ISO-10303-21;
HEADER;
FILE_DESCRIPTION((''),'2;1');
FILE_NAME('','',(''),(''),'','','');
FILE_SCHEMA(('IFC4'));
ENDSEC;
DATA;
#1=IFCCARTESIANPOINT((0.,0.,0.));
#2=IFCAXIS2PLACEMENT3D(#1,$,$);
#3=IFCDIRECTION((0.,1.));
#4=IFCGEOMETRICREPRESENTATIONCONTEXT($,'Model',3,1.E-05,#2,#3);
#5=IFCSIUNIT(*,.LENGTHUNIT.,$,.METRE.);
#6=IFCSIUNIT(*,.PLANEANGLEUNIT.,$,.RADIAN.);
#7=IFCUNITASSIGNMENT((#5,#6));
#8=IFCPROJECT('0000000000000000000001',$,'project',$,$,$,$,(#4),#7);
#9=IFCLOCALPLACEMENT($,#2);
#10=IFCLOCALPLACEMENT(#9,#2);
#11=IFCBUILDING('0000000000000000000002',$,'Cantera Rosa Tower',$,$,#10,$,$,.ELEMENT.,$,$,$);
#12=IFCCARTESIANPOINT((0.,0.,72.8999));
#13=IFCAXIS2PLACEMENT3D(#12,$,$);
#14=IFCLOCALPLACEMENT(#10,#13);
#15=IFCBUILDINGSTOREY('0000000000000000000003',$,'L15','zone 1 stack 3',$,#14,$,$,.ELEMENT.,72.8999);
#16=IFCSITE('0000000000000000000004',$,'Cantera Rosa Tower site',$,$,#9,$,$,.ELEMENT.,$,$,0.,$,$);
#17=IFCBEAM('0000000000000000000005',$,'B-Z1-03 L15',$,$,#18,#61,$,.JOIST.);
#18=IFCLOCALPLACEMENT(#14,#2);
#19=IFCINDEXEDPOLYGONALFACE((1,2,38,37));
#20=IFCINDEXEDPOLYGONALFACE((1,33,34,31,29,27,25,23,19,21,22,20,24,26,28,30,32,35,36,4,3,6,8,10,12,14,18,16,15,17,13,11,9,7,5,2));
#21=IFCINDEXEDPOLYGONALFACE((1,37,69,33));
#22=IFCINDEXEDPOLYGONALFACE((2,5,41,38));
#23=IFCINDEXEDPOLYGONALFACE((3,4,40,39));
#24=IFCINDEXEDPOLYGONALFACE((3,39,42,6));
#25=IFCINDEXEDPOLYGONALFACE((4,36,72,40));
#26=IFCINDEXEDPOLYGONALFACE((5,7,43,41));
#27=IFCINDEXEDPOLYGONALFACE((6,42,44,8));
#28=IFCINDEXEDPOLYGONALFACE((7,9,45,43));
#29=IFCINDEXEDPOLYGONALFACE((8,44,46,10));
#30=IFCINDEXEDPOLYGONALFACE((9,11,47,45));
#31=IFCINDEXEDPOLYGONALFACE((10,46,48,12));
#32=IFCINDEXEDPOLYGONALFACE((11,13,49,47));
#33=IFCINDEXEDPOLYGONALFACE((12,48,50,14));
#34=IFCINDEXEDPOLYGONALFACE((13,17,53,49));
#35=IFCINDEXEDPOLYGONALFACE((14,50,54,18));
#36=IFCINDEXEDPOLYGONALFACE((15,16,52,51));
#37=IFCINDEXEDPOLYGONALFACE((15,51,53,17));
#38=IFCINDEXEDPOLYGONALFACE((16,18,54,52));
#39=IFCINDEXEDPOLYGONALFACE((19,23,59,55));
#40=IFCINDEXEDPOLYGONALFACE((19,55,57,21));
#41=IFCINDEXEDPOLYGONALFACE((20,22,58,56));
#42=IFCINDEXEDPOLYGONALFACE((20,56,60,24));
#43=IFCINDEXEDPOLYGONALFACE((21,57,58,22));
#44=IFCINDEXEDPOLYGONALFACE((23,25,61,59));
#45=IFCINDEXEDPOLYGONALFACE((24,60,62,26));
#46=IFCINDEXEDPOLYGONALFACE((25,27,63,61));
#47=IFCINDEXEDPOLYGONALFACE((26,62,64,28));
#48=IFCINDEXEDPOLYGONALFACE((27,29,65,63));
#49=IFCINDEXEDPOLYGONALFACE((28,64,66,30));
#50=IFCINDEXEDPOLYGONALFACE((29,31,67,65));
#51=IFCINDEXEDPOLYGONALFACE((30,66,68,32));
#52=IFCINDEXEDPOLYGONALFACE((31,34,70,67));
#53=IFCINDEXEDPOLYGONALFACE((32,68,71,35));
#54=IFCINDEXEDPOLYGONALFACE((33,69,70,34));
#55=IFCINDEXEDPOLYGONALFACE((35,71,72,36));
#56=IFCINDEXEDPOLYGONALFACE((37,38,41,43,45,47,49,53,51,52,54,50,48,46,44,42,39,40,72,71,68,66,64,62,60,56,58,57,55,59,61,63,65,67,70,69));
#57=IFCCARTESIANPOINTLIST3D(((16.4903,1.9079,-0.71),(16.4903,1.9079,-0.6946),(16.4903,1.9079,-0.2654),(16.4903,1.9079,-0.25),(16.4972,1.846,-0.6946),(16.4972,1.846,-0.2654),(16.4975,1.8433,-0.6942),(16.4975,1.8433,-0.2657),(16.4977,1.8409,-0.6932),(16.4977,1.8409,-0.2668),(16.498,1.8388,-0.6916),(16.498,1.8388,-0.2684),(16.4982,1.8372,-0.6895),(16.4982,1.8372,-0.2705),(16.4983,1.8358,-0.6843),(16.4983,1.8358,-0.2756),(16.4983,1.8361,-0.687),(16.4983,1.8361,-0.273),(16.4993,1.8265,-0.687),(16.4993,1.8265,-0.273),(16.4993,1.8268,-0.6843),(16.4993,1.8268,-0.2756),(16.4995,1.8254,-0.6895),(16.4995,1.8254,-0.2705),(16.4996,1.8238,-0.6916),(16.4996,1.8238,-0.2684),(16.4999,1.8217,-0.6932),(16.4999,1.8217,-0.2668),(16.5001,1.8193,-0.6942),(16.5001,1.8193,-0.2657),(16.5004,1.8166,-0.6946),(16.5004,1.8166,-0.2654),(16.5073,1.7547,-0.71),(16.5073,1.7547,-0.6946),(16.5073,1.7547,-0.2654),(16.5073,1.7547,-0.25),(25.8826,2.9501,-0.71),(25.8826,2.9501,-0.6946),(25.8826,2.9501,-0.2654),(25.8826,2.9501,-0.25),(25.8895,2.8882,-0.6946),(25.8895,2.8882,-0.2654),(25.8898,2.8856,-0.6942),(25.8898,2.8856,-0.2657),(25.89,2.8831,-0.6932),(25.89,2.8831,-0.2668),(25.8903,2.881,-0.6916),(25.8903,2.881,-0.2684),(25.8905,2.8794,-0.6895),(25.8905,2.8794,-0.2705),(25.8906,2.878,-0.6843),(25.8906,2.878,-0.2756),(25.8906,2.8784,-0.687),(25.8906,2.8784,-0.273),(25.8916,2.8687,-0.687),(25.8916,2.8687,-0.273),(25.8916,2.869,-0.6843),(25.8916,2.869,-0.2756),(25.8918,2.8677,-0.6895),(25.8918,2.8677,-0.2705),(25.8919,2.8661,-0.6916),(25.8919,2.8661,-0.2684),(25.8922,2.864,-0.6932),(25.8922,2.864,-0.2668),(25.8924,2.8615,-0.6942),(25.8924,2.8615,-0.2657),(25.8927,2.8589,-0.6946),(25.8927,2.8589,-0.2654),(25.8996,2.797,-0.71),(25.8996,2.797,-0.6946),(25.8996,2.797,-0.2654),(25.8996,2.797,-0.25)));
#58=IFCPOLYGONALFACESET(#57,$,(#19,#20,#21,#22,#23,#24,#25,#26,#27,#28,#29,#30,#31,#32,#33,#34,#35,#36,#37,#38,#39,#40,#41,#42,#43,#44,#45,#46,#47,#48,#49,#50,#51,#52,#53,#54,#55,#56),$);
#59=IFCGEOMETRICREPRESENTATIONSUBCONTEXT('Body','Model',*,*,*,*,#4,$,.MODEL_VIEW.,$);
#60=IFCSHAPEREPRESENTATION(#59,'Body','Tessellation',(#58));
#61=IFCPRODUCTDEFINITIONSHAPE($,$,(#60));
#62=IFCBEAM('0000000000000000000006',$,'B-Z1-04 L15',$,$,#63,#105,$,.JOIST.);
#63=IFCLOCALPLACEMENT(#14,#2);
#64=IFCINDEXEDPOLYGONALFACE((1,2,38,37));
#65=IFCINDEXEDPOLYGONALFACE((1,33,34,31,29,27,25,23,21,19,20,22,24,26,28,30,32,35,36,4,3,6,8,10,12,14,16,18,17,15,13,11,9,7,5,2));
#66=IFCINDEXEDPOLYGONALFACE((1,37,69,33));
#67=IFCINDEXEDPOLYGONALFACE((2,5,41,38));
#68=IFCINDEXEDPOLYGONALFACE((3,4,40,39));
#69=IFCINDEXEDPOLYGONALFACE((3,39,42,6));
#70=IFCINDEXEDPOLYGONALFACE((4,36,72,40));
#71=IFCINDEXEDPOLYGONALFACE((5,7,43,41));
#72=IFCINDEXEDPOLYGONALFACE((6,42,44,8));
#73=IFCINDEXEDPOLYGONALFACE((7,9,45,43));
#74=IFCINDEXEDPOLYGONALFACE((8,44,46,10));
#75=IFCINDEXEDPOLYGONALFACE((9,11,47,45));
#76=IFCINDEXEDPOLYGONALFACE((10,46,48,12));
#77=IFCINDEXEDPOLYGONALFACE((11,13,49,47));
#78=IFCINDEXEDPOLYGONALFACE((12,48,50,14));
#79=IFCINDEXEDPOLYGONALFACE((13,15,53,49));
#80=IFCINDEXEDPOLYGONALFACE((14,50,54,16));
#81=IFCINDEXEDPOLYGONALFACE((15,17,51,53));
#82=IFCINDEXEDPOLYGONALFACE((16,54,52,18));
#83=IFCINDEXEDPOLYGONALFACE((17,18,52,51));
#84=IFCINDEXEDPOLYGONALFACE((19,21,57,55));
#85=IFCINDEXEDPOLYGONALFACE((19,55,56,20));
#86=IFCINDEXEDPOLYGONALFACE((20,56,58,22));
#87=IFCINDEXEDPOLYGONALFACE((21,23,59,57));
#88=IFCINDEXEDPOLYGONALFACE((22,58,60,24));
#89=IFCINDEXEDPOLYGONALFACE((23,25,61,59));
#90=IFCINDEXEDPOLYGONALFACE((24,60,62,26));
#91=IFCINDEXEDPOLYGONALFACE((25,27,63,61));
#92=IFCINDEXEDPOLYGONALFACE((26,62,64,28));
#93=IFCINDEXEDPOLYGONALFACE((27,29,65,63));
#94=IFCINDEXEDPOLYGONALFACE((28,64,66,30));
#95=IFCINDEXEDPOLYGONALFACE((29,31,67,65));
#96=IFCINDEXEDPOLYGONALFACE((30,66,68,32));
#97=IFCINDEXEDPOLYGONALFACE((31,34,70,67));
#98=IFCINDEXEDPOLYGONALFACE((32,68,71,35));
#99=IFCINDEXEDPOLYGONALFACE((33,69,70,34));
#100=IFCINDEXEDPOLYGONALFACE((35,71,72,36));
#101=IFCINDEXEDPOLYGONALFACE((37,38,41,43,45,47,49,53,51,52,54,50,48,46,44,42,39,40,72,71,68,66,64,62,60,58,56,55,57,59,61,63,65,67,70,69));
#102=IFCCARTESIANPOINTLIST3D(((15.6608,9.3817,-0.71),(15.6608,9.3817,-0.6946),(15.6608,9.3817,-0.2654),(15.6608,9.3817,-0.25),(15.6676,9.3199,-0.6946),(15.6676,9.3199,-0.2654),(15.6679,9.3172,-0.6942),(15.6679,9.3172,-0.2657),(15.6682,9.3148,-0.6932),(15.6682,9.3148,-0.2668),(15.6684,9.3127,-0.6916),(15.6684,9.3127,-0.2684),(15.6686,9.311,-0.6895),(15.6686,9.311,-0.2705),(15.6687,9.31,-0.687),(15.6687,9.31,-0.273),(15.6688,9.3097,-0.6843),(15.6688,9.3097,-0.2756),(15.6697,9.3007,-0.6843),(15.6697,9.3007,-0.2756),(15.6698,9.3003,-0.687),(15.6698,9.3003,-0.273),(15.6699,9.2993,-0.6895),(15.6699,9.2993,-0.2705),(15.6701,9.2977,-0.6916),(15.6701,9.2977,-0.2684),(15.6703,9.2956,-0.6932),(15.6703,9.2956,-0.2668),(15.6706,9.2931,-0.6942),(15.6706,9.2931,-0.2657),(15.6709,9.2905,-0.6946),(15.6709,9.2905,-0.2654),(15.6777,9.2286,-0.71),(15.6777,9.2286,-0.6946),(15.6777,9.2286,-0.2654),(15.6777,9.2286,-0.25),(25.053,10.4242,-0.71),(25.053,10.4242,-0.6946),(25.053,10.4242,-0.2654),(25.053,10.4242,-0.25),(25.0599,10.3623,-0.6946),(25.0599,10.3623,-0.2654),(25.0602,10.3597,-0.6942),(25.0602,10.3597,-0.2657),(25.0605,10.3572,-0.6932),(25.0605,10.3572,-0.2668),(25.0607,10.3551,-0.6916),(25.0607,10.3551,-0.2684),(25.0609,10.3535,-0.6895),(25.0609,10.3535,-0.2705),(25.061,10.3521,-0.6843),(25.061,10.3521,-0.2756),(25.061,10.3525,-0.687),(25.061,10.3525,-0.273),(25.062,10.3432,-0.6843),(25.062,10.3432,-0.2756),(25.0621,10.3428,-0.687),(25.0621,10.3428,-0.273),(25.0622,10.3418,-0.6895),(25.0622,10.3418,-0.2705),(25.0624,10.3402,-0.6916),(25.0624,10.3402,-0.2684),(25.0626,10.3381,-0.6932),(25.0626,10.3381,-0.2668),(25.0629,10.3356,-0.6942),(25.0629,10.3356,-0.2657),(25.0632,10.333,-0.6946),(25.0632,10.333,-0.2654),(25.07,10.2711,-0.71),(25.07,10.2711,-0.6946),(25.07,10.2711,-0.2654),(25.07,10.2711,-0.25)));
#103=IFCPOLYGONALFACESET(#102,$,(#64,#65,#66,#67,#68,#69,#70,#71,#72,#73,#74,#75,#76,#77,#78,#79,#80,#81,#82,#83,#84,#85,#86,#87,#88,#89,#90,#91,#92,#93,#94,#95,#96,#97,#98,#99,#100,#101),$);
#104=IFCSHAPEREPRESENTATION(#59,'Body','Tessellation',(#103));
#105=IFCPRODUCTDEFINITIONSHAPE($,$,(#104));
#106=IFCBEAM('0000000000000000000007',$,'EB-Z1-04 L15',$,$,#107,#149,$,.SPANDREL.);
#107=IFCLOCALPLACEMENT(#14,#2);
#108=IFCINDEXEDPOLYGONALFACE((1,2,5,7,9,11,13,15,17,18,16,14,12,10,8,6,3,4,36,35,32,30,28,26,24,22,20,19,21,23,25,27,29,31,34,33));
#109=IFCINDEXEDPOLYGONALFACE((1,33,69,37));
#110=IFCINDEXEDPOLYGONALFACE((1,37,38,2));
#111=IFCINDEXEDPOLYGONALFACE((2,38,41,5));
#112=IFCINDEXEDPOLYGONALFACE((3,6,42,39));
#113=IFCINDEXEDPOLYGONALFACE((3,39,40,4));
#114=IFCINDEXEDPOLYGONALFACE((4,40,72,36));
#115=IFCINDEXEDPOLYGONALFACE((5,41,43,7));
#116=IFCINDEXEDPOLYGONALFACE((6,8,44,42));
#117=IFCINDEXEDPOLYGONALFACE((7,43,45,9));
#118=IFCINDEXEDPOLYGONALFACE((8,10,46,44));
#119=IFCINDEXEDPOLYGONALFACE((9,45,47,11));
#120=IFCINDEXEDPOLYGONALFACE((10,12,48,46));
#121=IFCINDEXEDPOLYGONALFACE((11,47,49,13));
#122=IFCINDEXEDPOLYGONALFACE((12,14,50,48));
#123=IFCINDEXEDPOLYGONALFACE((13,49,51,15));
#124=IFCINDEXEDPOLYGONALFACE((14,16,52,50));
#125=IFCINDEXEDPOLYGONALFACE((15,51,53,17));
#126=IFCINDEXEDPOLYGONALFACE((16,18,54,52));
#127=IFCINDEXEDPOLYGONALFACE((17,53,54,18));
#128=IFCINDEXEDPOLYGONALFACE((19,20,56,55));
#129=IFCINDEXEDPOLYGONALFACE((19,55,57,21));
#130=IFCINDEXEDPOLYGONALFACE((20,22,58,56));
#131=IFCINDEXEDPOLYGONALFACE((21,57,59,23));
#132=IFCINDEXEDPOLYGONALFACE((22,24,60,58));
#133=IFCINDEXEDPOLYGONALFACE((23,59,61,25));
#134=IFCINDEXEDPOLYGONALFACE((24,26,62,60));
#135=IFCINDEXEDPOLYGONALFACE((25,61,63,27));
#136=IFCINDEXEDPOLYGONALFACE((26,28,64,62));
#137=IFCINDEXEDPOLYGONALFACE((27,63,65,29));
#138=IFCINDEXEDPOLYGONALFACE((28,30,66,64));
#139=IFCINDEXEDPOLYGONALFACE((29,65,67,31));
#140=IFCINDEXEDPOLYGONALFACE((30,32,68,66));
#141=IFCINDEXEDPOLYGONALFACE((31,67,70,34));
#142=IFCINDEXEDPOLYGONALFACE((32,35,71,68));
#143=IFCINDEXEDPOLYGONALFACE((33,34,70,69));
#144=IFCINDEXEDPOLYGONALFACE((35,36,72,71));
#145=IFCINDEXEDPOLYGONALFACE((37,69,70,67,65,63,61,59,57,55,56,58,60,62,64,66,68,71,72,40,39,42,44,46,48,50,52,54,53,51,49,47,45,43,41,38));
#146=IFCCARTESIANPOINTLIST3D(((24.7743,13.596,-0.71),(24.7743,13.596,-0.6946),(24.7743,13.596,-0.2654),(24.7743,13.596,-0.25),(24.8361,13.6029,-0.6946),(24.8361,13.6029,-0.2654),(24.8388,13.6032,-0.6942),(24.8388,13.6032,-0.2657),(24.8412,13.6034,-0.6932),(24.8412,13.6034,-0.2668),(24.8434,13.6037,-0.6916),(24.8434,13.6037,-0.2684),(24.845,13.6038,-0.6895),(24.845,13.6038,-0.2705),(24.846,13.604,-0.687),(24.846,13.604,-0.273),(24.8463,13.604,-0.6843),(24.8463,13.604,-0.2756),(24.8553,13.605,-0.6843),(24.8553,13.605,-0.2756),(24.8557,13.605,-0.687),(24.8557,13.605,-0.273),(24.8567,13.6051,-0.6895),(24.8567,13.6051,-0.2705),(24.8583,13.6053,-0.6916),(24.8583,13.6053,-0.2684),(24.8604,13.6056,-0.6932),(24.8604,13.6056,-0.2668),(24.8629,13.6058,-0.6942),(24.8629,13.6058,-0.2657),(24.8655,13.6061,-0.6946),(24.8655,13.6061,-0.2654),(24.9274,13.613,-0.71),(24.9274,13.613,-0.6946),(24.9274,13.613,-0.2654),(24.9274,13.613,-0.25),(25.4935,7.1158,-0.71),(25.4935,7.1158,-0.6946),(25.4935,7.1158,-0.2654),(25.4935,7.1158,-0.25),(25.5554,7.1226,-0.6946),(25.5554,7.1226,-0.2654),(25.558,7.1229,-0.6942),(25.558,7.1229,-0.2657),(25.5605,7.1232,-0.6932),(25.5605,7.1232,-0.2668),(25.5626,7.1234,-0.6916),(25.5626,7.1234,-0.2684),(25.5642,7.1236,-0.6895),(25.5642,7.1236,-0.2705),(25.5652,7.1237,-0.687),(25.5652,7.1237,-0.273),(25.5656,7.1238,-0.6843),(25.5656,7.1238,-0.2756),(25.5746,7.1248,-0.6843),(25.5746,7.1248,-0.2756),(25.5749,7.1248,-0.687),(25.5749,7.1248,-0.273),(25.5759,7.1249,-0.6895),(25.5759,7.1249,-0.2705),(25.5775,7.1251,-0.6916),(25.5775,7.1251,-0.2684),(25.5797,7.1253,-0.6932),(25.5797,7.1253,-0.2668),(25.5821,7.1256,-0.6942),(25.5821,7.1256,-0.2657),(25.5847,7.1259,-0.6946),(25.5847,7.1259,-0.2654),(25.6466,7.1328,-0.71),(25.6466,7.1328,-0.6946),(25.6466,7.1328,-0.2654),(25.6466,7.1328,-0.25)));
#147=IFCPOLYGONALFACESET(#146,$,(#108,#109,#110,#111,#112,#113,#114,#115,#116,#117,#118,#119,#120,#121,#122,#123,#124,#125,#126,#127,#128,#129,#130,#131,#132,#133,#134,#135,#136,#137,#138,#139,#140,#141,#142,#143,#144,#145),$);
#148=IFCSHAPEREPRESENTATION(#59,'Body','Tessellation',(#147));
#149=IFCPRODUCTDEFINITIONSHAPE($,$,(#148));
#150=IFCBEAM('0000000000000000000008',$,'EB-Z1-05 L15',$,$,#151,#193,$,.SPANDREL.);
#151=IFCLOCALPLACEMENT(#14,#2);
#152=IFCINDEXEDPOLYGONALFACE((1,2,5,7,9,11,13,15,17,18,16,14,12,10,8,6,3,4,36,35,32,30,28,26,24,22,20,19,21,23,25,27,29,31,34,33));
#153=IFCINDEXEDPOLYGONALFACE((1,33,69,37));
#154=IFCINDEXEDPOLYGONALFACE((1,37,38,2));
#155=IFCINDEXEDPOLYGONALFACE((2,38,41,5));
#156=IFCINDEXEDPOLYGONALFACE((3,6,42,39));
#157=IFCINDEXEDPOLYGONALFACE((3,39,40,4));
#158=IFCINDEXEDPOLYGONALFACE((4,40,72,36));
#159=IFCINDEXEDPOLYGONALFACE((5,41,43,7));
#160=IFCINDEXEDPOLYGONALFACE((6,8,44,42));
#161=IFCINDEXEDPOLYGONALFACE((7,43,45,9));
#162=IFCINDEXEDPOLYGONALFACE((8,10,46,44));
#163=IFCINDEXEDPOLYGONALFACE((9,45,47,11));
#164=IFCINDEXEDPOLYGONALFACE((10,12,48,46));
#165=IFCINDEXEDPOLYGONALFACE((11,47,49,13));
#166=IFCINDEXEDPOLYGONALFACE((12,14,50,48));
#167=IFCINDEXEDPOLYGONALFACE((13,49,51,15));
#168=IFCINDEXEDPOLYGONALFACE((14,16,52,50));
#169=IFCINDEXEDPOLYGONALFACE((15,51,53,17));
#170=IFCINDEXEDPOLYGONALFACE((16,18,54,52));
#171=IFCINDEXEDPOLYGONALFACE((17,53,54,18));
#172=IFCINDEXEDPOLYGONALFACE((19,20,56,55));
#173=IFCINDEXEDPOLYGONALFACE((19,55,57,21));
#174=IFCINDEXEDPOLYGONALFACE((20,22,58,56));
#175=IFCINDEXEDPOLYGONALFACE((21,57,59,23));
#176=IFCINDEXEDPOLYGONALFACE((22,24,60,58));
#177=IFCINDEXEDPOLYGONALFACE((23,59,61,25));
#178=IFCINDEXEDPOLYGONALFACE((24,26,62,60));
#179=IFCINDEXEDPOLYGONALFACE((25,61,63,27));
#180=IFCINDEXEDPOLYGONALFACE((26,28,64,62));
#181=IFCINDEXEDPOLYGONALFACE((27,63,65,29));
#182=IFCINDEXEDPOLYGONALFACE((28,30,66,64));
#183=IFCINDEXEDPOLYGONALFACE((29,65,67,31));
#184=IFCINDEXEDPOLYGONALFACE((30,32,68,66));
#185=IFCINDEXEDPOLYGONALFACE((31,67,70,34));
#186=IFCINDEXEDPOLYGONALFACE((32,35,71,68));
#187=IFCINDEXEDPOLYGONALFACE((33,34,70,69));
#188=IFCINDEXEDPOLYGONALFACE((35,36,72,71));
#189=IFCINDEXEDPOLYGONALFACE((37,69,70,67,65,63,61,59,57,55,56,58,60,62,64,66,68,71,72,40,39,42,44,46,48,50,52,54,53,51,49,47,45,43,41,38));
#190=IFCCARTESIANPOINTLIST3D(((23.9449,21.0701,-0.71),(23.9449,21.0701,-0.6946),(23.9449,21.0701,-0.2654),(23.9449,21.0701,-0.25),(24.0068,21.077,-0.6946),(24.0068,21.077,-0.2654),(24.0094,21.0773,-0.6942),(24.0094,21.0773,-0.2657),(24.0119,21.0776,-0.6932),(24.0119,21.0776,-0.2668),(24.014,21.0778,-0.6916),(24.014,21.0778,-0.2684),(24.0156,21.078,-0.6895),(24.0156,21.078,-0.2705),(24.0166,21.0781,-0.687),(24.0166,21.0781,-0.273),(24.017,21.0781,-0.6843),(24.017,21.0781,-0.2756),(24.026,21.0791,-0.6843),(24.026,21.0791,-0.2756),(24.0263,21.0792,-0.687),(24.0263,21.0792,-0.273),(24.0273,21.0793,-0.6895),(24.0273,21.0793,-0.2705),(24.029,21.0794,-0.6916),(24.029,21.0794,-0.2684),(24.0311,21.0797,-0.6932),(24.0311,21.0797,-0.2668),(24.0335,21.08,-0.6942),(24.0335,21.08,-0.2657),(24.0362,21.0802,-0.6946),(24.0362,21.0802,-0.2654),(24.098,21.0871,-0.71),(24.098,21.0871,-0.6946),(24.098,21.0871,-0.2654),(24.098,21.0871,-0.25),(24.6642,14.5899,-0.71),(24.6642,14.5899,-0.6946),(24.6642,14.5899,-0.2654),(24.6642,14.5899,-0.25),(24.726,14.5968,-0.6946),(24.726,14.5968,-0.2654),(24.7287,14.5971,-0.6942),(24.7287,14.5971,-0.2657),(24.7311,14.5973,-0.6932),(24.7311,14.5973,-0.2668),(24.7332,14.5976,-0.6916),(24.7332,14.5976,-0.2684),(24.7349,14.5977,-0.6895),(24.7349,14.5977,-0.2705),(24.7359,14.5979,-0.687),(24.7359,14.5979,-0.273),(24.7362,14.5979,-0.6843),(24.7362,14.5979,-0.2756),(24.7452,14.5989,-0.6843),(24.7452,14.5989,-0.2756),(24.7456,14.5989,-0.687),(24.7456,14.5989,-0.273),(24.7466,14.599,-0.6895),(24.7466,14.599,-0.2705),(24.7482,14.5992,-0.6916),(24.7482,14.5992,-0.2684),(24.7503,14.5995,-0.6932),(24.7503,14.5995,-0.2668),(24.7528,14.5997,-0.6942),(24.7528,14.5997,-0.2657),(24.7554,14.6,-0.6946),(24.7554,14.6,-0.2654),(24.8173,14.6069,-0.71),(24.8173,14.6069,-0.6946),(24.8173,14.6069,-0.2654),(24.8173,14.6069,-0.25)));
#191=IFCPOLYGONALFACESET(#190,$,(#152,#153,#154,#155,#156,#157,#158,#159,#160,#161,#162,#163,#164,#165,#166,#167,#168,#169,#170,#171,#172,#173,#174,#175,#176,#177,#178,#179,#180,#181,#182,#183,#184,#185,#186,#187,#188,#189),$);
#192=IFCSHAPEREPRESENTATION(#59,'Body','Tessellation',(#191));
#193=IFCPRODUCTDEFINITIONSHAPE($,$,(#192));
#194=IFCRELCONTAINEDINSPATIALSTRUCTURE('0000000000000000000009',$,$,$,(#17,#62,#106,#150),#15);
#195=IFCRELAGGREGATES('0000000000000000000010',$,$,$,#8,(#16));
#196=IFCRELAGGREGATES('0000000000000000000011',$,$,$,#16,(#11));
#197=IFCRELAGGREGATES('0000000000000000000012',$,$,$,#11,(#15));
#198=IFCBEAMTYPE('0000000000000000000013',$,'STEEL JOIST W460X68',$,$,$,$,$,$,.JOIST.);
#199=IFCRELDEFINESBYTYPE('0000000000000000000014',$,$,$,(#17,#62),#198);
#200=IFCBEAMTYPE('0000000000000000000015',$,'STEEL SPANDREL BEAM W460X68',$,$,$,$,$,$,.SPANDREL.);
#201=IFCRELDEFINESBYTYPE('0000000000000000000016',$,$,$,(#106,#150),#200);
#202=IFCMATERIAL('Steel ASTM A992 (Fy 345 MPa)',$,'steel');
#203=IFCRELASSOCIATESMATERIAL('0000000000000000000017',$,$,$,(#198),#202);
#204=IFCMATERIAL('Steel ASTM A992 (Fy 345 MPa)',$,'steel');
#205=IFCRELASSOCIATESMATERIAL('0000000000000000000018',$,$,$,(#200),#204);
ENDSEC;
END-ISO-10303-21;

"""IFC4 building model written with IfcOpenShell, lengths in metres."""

from ifc_helpers import new_model, si_unit, direction, frame, origin, origin_2d, place, context, subcontext, project, spatial, i_section, extrude, material, material_profile, profile_set, type_object, element, save


model = new_model("IFC4")

# Units and contexts
model_context = context("Model", 3, precision=1e-05, world=origin(), true_north=direction((0.0, 1.0)))
body_context = subcontext(model_context, "Body", "Model", "MODEL_VIEW")
ifc_project = project(units=[si_unit("LENGTHUNIT", "METRE"), si_unit("PLANEANGLEUNIT", "RADIAN")], contexts=[model_context])

# Site, building, storey
site_placement = place(None, origin())
site = spatial("IfcSite", under=ifc_project, at=site_placement, Name="Cantera Rosa Tower site", CompositionType="ELEMENT", RefElevation=0.0)
building_placement = place(site_placement, origin())
building = spatial("IfcBuilding", under=site, at=building_placement, Name="Cantera Rosa Tower", CompositionType="ELEMENT")
storey_placement = place(building_placement, frame((0.0, 0.0, 72.8999)))
storey = spatial("IfcBuildingStorey", under=building, at=storey_placement, Name="L15", Description="zone 1 stack 3", CompositionType="ELEMENT", Elevation=72.8999)

# Beams
ifc_material_1 = material(Name="Steel ASTM A992 (Fy 345 MPa)", Category="steel")
ifc_material_profile_1 = material_profile(ifc_material_1, i_section(OverallWidth=0.1541, OverallDepth=0.46, WebThickness=0.009, FlangeThickness=0.0154, FilletRadius=0.0103, at=origin_2d()), Name="W460X68")
ifc_profile_set_1 = profile_set([ifc_material_profile_1], Name="Steel ASTM A992 (Fy 345 MPa)")
beam_type_1 = type_object("IfcBeamType", Name="STEEL JOIST W460X68", PredefinedType="JOIST", material=ifc_profile_set_1)
for number, where, z_axis, x_axis, name in (
    (1, (25.8911, 2.8735, -0.48), (-0.993899, -0.11029, 0.0), (0.11029, -0.993899, 0.0), "B-Z1-03 L15"),
    (2, (25.0615, 10.3477, -0.48), (-0.993897, -0.110315, 0.0), (0.110315, -0.993897, 0.0), "B-Z1-04 L15"),
):
    element("IfcBeam", number, at=place(storey_placement, frame(where, z_axis=z_axis, x_axis=x_axis)), inside=storey, type_object=beam_type_1, Name=name, PredefinedType="JOIST", context=body_context, shape_type="SweptSolid", body=[
        extrude(i_section(OverallWidth=0.1541, OverallDepth=0.46, WebThickness=0.009, FlangeThickness=0.0154, FilletRadius=0.0103, at=origin_2d()), origin(), (0.0, 0.0, 1.0), 9.45),
    ])
ifc_material_2 = material(Name="Steel ASTM A992 (Fy 345 MPa)", Category="steel")
ifc_material_profile_2 = material_profile(ifc_material_2, i_section(OverallWidth=0.1541, OverallDepth=0.46, WebThickness=0.009, FlangeThickness=0.0154, FilletRadius=0.0103, at=origin_2d()), Name="W460X68")
ifc_profile_set_2 = profile_set([ifc_material_profile_2], Name="Steel ASTM A992 (Fy 345 MPa)")
beam_type_2 = type_object("IfcBeamType", Name="STEEL SPANDREL BEAM W460X68", PredefinedType="SPANDREL", material=ifc_profile_set_2)
for number, where, z_axis, x_axis, name in (
    (3, (25.5701, 7.1243, -0.48), (-0.110312, 0.993897, 0.0), (-0.993897, -0.110312, 0.0), "EB-Z1-04 L15"),
    (4, (24.7407, 14.5984, -0.48), (-0.110312, 0.993897, 0.0), (-0.993897, -0.110312, 0.0), "EB-Z1-05 L15"),
):
    element("IfcBeam", number, at=place(storey_placement, frame(where, z_axis=z_axis, x_axis=x_axis)), inside=storey, type_object=beam_type_2, Name=name, PredefinedType="SPANDREL", context=body_context, shape_type="SweptSolid", body=[
        extrude(i_section(OverallWidth=0.1541, OverallDepth=0.46, WebThickness=0.009, FlangeThickness=0.0154, FilletRadius=0.0103, at=origin_2d()), origin(), (0.0, 0.0, 1.0), 6.52),
    ])

save(model, "model.ifc")
